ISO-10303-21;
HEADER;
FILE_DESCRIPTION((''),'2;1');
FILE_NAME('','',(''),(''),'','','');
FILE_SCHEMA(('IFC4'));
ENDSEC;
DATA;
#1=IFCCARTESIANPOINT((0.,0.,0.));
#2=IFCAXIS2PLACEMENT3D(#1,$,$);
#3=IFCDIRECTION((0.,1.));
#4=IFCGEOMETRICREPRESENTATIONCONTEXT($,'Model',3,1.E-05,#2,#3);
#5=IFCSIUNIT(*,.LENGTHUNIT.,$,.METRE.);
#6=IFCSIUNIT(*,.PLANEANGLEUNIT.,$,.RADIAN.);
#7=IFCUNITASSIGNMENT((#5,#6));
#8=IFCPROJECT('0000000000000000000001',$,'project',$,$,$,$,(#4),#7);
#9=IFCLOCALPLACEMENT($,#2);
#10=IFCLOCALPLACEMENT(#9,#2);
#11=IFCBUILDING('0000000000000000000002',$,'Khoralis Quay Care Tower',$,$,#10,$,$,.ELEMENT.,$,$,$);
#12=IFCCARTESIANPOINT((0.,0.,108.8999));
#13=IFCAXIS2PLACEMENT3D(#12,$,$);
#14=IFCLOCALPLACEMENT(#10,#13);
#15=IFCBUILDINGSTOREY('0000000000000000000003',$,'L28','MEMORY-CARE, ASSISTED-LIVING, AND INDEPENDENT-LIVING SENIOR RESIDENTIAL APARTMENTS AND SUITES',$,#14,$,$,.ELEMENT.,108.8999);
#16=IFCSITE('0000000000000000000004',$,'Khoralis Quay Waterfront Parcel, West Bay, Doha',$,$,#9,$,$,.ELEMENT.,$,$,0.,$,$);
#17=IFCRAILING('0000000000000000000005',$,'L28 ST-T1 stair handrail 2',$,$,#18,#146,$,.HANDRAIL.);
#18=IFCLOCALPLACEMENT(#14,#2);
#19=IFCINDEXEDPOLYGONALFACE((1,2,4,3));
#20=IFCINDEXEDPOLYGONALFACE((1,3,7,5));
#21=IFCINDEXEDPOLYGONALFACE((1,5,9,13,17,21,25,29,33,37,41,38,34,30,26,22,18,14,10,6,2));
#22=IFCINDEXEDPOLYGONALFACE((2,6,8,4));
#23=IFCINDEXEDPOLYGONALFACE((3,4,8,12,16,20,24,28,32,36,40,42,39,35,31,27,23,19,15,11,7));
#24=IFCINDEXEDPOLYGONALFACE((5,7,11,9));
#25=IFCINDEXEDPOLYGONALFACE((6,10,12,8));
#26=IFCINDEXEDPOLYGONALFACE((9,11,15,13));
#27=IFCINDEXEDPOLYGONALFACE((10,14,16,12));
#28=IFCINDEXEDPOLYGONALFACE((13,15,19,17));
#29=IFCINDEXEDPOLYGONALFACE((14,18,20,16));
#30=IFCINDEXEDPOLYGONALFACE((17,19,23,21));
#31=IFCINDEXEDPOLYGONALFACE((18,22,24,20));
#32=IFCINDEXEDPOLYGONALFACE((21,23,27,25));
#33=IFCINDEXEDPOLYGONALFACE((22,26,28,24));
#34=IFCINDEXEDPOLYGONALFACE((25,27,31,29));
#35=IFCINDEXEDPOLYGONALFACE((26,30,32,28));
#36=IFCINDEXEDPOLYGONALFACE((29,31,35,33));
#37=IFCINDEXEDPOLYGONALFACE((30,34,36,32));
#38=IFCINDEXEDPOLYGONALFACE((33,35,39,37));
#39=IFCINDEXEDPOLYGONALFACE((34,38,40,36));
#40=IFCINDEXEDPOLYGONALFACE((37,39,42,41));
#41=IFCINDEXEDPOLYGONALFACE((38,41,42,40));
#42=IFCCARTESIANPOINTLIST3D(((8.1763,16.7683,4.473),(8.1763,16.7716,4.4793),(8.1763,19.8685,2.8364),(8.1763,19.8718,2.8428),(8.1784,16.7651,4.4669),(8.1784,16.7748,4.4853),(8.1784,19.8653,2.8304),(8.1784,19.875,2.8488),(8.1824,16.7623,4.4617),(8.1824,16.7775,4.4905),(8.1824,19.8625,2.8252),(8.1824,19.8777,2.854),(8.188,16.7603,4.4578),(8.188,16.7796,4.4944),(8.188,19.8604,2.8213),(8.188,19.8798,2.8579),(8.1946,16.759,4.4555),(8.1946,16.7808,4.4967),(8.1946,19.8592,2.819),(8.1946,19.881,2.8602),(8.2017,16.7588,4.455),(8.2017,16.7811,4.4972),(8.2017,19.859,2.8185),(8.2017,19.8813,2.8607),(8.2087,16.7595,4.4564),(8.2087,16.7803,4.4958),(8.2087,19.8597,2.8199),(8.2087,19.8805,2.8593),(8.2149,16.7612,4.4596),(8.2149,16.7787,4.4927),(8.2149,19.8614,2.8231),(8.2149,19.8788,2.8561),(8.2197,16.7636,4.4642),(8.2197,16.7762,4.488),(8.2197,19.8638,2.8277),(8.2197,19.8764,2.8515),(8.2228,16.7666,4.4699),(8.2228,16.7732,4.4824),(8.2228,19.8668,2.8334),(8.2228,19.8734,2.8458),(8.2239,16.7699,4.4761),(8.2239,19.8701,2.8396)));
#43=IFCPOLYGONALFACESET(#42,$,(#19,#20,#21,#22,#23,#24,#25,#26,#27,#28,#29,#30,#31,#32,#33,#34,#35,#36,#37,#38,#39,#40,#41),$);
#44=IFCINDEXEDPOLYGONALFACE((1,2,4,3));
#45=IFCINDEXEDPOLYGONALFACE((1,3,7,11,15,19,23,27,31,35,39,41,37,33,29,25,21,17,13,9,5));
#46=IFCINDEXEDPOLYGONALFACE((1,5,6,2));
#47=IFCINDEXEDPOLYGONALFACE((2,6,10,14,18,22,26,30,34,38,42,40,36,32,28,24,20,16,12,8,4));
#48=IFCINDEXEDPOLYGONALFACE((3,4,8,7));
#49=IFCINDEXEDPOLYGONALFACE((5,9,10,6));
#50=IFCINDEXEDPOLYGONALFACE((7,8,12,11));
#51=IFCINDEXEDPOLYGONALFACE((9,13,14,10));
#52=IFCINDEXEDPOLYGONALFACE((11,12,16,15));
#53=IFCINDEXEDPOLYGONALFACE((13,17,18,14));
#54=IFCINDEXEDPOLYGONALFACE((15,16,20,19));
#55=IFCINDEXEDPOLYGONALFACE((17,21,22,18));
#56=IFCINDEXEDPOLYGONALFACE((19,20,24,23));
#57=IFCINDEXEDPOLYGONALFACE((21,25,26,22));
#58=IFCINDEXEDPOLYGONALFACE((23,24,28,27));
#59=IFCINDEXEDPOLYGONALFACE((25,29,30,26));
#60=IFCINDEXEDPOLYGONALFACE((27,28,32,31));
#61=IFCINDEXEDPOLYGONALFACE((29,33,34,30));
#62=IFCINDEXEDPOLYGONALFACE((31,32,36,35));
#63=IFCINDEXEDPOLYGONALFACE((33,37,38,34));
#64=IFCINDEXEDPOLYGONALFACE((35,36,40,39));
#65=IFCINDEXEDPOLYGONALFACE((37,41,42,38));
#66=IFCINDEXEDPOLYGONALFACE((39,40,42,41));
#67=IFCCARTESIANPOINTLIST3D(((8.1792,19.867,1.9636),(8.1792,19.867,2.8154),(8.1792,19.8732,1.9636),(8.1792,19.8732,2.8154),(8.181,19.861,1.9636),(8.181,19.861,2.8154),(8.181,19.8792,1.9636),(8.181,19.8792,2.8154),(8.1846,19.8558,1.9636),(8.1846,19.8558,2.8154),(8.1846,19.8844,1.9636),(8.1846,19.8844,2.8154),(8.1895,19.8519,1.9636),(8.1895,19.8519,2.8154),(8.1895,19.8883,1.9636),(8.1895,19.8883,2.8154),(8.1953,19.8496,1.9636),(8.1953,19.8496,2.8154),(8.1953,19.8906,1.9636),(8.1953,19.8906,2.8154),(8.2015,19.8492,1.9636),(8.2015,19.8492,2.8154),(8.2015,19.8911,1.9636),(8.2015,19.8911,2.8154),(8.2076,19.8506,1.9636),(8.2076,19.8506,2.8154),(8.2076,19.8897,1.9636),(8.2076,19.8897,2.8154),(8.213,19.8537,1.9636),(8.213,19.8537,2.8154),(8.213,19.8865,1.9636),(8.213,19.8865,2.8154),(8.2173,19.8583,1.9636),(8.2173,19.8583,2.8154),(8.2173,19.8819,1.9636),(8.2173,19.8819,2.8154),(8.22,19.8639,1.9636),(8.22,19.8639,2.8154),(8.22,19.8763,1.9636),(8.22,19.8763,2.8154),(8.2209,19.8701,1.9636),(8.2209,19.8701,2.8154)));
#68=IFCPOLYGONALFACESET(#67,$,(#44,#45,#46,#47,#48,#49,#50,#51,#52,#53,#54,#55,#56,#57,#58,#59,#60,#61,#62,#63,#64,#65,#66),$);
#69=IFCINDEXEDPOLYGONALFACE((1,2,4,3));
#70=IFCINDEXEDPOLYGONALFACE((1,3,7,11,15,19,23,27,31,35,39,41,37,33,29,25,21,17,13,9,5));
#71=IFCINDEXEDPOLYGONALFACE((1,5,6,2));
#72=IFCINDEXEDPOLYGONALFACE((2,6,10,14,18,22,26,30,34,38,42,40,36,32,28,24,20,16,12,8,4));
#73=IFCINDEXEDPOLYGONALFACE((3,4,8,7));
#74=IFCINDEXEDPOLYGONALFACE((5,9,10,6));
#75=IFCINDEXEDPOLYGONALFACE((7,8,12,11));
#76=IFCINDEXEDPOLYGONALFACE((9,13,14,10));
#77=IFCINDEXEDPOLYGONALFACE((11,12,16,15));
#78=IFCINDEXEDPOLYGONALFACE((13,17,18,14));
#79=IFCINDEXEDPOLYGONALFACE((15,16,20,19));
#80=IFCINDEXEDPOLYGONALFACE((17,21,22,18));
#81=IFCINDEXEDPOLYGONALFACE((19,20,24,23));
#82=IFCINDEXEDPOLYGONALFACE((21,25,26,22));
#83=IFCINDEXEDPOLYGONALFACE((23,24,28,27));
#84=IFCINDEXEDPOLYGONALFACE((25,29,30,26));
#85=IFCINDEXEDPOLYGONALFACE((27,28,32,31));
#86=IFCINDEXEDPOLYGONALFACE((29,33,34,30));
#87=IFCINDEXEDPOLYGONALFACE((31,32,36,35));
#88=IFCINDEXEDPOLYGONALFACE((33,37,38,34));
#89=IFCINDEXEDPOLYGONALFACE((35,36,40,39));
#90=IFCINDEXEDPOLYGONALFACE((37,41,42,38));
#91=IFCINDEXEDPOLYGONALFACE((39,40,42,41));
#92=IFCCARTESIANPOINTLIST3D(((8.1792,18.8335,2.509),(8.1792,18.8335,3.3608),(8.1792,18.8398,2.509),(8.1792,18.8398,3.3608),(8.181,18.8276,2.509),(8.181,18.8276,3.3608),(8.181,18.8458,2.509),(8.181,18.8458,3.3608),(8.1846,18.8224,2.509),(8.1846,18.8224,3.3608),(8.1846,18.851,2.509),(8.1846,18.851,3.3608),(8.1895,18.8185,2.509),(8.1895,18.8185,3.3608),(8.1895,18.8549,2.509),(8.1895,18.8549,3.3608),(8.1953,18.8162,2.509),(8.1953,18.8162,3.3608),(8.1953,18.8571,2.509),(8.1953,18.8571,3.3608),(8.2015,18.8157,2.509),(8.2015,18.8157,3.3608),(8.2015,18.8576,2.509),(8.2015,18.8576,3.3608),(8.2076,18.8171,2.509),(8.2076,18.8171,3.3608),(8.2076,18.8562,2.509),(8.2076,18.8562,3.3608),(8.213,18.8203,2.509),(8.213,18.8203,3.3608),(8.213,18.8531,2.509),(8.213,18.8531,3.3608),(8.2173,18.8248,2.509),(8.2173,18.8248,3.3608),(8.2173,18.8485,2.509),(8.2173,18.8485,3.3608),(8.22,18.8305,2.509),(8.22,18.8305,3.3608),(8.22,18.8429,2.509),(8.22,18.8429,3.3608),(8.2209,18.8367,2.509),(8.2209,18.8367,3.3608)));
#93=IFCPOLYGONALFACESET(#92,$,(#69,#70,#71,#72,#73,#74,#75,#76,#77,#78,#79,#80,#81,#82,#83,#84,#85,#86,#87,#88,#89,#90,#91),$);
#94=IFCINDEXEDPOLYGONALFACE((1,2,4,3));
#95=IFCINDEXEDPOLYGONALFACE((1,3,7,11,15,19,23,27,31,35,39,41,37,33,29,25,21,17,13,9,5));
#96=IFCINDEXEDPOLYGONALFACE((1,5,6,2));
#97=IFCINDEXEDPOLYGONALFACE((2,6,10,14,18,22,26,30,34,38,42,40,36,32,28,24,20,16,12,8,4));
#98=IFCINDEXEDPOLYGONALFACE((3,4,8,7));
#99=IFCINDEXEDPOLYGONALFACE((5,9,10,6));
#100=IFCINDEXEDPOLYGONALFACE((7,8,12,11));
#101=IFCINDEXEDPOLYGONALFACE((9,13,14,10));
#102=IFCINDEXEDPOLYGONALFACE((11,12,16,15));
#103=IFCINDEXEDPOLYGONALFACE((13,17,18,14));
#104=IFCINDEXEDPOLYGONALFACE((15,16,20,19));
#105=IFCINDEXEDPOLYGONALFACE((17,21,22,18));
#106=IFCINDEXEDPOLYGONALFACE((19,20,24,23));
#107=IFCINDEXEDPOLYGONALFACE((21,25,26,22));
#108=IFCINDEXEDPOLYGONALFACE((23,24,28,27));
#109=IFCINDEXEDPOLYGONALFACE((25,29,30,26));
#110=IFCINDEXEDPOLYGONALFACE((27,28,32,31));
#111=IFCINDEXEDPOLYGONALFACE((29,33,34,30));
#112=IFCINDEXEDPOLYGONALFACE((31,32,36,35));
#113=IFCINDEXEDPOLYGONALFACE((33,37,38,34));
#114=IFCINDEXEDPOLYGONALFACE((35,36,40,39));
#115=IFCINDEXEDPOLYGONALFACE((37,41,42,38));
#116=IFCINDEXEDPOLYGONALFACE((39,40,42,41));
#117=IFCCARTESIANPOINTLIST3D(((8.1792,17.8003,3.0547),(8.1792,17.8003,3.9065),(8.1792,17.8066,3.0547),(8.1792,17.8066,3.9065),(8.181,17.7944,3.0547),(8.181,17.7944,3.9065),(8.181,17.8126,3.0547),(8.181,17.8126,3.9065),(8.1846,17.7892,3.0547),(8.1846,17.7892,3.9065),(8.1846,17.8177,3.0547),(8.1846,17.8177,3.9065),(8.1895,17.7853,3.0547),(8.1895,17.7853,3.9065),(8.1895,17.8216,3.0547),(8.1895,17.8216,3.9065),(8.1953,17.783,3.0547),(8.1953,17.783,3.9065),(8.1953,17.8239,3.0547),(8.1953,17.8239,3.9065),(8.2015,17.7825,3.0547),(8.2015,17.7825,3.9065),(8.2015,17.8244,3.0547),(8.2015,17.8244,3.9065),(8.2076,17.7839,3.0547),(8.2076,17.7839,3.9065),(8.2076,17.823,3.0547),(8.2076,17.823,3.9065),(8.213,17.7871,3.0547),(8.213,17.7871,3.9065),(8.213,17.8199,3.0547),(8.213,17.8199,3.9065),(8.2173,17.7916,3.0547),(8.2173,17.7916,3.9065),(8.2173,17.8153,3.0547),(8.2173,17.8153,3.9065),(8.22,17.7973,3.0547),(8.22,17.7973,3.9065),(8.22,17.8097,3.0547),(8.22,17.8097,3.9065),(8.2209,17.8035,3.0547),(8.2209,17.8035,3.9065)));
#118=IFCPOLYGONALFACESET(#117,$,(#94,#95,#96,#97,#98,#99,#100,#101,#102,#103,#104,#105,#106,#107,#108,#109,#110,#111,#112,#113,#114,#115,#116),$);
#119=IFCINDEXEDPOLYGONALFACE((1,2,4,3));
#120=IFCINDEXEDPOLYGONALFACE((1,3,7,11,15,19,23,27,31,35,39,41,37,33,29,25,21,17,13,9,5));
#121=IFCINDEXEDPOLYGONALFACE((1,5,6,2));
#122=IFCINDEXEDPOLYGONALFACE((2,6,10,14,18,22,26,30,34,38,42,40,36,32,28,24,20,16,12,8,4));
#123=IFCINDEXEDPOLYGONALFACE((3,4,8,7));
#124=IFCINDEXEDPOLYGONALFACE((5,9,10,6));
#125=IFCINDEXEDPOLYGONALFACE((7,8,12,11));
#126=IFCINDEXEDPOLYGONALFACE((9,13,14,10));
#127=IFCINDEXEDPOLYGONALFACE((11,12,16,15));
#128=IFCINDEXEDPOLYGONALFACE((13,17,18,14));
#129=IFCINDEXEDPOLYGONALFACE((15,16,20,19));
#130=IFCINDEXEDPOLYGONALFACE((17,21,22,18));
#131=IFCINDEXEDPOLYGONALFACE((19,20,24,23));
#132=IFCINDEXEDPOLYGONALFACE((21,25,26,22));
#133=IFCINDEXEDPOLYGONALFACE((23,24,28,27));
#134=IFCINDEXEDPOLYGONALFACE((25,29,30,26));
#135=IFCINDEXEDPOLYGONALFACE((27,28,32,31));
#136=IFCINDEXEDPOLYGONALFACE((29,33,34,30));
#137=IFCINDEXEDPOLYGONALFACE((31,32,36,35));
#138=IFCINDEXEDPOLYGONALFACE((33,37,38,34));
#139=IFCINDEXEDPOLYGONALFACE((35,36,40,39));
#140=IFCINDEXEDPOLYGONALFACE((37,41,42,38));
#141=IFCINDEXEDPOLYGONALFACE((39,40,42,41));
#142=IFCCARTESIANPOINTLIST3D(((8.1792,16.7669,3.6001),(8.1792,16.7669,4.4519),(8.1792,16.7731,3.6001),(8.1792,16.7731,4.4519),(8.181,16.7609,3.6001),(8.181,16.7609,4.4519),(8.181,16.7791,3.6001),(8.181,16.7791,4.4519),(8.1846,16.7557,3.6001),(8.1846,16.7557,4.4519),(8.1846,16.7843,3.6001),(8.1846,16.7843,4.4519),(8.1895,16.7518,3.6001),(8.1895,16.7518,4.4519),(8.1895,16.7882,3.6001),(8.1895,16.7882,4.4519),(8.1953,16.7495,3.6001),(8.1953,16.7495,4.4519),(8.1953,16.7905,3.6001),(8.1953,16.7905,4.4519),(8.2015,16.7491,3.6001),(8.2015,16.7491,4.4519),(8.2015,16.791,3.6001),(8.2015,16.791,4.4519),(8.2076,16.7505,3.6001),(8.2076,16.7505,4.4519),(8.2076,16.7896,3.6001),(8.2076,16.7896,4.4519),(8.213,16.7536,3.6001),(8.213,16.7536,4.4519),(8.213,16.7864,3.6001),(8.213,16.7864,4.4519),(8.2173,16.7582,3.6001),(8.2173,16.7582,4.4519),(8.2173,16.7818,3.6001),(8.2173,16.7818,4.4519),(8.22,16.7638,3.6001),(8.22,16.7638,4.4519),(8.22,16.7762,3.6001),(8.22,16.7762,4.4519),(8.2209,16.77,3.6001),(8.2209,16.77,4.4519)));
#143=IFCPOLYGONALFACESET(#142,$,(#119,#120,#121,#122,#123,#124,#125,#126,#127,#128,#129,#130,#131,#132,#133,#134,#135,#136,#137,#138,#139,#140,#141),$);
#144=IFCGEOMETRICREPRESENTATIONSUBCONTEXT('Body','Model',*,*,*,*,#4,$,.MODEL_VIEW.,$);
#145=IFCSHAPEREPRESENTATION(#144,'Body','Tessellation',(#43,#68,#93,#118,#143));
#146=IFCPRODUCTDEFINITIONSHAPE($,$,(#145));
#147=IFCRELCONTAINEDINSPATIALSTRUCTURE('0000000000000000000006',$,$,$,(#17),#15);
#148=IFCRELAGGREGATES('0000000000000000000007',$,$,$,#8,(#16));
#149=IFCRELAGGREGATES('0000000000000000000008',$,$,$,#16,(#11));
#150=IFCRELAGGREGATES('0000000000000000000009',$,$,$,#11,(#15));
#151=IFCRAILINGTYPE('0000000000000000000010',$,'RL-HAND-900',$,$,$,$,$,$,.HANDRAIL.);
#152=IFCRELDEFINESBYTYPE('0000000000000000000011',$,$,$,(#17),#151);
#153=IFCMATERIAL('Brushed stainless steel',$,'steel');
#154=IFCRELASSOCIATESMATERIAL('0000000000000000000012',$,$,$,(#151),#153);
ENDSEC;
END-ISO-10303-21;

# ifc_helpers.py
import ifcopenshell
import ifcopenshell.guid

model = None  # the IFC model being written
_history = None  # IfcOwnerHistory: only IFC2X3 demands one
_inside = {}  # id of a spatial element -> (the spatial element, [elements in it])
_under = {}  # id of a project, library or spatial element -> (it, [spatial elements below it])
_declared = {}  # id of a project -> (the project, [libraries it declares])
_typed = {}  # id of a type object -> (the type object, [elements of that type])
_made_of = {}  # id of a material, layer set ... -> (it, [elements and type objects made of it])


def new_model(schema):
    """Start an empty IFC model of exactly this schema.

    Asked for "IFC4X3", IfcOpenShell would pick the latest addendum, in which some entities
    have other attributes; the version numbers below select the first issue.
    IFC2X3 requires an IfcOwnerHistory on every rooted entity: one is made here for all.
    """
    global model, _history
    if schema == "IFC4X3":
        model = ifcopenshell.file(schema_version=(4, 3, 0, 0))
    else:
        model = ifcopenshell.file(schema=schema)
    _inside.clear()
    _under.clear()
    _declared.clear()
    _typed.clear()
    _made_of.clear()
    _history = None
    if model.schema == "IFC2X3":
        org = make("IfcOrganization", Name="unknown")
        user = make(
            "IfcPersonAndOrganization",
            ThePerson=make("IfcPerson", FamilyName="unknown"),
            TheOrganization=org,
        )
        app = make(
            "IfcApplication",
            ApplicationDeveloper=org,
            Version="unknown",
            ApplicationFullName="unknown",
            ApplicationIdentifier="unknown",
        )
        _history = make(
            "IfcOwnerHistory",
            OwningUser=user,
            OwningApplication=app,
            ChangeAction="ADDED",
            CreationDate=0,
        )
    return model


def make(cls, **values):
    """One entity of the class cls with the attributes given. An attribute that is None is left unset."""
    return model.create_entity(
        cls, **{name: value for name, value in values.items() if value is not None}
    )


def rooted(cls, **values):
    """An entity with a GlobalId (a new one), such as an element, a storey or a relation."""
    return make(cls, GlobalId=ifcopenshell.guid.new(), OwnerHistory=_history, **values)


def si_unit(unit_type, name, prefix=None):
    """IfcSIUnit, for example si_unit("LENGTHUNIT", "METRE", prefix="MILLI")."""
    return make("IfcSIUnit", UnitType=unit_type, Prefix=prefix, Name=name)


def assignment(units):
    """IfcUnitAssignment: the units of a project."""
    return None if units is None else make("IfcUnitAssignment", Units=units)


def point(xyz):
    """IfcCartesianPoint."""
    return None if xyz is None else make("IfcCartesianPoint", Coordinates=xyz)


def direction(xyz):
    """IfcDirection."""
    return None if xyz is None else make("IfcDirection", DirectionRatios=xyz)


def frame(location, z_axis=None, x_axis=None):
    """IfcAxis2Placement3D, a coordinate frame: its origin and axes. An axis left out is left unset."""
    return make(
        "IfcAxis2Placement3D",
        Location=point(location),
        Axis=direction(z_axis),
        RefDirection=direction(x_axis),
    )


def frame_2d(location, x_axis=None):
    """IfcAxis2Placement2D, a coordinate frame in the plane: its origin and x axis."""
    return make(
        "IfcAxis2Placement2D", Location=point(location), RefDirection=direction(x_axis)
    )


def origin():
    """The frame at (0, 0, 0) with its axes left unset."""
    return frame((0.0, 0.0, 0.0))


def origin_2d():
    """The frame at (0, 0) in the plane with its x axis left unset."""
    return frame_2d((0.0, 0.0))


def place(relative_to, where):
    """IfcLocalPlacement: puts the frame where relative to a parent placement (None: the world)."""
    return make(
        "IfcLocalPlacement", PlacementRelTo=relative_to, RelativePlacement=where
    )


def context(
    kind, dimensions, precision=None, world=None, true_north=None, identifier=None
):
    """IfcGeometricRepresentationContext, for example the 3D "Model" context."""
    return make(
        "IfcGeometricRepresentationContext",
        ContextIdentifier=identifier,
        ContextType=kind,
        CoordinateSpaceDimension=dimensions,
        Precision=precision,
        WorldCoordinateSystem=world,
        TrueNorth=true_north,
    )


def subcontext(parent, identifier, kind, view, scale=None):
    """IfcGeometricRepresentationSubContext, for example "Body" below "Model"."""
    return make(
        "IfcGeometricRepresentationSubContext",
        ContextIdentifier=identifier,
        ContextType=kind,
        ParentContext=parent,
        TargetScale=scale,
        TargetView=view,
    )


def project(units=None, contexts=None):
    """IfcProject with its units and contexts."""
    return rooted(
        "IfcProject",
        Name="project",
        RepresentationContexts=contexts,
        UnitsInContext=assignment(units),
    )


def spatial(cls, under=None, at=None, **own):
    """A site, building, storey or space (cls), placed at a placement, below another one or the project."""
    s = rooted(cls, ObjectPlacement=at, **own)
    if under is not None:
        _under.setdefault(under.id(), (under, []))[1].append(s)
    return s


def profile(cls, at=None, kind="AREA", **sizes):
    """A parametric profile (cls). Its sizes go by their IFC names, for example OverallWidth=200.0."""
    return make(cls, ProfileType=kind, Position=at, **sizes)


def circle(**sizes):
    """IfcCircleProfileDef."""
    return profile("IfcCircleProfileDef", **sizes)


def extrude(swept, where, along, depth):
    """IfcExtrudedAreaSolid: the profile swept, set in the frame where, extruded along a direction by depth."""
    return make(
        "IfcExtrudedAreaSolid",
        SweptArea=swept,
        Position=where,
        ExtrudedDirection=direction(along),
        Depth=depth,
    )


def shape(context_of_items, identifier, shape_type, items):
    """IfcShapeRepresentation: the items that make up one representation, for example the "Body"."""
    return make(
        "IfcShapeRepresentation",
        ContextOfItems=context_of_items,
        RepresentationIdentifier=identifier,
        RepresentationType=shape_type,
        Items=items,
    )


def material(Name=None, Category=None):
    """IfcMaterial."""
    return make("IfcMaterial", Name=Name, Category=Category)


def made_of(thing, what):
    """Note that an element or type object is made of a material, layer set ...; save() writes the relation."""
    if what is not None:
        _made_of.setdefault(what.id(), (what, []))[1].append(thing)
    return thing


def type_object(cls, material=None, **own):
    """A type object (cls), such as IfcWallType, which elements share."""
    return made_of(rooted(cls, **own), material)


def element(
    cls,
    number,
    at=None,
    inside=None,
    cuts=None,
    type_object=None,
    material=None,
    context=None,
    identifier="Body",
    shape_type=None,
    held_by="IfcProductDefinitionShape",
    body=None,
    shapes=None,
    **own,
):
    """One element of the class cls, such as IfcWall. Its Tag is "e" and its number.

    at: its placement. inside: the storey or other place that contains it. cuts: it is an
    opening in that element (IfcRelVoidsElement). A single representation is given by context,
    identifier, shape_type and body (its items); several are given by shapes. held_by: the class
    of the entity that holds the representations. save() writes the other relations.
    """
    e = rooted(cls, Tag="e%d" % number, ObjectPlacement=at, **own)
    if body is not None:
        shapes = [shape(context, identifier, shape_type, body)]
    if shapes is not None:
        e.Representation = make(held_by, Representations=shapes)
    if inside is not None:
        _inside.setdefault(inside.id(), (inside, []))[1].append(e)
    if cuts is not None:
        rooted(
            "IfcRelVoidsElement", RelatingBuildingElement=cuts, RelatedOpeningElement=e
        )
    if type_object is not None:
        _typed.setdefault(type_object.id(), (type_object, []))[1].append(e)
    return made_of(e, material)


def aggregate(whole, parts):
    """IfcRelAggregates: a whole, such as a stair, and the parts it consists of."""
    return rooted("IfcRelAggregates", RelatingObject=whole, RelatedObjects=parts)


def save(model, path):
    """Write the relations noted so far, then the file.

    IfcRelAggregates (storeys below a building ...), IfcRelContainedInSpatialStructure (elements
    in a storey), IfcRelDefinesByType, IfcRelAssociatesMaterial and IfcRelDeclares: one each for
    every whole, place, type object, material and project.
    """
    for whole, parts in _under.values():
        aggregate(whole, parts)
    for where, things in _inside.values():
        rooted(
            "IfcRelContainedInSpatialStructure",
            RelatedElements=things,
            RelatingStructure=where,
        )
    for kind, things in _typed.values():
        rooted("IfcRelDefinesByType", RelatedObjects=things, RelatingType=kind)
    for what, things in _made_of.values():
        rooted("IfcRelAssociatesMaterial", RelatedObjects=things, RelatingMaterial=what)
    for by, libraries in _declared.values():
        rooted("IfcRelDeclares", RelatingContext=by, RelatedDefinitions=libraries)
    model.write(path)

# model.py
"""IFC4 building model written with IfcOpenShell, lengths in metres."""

from ifc_helpers import new_model, si_unit, direction, frame, origin, origin_2d, place, context, subcontext, project, spatial, circle, extrude, material, type_object, element, save


model = new_model("IFC4")

# Units and contexts
model_context = context("Model", 3, precision=1e-05, world=origin(), true_north=direction((0.0, 1.0)))
body_context = subcontext(model_context, "Body", "Model", "MODEL_VIEW")
ifc_project = project(units=[si_unit("LENGTHUNIT", "METRE"), si_unit("PLANEANGLEUNIT", "RADIAN")], contexts=[model_context])

# Site, building, storey
site_placement = place(None, origin())
site = spatial("IfcSite", under=ifc_project, at=site_placement, Name="Khoralis Quay Waterfront Parcel, West Bay, Doha", CompositionType="ELEMENT", RefElevation=0.0)
building_placement = place(site_placement, origin())
building = spatial("IfcBuilding", under=site, at=building_placement, Name="Khoralis Quay Care Tower", CompositionType="ELEMENT")
storey_placement = place(building_placement, frame((0.0, 0.0, 108.8999)))
storey = spatial("IfcBuildingStorey", under=building, at=storey_placement, Name="L28", Description="MEMORY-CARE, ASSISTED-LIVING, AND INDEPENDENT-LIVING SENIOR RESIDENTIAL APARTMENTS AND SUITES", CompositionType="ELEMENT", Elevation=108.8999)

# Shared definitions
ifc_material_1 = material(Name="Brushed stainless steel", Category="steel")

# Railing
railing_type_1 = type_object("IfcRailingType", Name="RL-HAND-900", PredefinedType="HANDRAIL", material=ifc_material_1)
railing_1_placement = place(storey_placement, frame((8.2, 19.8701, 1.9636)))
element("IfcRailing", 1, at=railing_1_placement, inside=storey, type_object=railing_type_1, Name="L28 ST-T1 stair handrail 2", PredefinedType="HANDRAIL", context=body_context, shape_type="SweptSolid", body=[
    extrude(circle(Radius=0.0239, at=origin_2d()), frame((0.0, 0.0, 0.876), z_axis=(0.0, -0.884348, 0.466828), x_axis=(1.0, 0.0, 0.0)), (0.0, 0.0, 1.0), 3.5056),
    extrude(circle(Radius=0.021, at=origin_2d()), origin(), (0.0, 0.0, 1.0), 0.8518),
    extrude(circle(Radius=0.021, at=origin_2d()), frame((0.0, -1.0334, 0.5454)), (0.0, 0.0, 1.0), 0.8518),
    extrude(circle(Radius=0.021, at=origin_2d()), frame((0.0, -2.0667, 1.0911)), (0.0, 0.0, 1.0), 0.8518),
    extrude(circle(Radius=0.021, at=origin_2d()), frame((0.0, -3.1001, 1.6365)), (0.0, 0.0, 1.0), 0.8518),
])

save(model, "model.ifc")
